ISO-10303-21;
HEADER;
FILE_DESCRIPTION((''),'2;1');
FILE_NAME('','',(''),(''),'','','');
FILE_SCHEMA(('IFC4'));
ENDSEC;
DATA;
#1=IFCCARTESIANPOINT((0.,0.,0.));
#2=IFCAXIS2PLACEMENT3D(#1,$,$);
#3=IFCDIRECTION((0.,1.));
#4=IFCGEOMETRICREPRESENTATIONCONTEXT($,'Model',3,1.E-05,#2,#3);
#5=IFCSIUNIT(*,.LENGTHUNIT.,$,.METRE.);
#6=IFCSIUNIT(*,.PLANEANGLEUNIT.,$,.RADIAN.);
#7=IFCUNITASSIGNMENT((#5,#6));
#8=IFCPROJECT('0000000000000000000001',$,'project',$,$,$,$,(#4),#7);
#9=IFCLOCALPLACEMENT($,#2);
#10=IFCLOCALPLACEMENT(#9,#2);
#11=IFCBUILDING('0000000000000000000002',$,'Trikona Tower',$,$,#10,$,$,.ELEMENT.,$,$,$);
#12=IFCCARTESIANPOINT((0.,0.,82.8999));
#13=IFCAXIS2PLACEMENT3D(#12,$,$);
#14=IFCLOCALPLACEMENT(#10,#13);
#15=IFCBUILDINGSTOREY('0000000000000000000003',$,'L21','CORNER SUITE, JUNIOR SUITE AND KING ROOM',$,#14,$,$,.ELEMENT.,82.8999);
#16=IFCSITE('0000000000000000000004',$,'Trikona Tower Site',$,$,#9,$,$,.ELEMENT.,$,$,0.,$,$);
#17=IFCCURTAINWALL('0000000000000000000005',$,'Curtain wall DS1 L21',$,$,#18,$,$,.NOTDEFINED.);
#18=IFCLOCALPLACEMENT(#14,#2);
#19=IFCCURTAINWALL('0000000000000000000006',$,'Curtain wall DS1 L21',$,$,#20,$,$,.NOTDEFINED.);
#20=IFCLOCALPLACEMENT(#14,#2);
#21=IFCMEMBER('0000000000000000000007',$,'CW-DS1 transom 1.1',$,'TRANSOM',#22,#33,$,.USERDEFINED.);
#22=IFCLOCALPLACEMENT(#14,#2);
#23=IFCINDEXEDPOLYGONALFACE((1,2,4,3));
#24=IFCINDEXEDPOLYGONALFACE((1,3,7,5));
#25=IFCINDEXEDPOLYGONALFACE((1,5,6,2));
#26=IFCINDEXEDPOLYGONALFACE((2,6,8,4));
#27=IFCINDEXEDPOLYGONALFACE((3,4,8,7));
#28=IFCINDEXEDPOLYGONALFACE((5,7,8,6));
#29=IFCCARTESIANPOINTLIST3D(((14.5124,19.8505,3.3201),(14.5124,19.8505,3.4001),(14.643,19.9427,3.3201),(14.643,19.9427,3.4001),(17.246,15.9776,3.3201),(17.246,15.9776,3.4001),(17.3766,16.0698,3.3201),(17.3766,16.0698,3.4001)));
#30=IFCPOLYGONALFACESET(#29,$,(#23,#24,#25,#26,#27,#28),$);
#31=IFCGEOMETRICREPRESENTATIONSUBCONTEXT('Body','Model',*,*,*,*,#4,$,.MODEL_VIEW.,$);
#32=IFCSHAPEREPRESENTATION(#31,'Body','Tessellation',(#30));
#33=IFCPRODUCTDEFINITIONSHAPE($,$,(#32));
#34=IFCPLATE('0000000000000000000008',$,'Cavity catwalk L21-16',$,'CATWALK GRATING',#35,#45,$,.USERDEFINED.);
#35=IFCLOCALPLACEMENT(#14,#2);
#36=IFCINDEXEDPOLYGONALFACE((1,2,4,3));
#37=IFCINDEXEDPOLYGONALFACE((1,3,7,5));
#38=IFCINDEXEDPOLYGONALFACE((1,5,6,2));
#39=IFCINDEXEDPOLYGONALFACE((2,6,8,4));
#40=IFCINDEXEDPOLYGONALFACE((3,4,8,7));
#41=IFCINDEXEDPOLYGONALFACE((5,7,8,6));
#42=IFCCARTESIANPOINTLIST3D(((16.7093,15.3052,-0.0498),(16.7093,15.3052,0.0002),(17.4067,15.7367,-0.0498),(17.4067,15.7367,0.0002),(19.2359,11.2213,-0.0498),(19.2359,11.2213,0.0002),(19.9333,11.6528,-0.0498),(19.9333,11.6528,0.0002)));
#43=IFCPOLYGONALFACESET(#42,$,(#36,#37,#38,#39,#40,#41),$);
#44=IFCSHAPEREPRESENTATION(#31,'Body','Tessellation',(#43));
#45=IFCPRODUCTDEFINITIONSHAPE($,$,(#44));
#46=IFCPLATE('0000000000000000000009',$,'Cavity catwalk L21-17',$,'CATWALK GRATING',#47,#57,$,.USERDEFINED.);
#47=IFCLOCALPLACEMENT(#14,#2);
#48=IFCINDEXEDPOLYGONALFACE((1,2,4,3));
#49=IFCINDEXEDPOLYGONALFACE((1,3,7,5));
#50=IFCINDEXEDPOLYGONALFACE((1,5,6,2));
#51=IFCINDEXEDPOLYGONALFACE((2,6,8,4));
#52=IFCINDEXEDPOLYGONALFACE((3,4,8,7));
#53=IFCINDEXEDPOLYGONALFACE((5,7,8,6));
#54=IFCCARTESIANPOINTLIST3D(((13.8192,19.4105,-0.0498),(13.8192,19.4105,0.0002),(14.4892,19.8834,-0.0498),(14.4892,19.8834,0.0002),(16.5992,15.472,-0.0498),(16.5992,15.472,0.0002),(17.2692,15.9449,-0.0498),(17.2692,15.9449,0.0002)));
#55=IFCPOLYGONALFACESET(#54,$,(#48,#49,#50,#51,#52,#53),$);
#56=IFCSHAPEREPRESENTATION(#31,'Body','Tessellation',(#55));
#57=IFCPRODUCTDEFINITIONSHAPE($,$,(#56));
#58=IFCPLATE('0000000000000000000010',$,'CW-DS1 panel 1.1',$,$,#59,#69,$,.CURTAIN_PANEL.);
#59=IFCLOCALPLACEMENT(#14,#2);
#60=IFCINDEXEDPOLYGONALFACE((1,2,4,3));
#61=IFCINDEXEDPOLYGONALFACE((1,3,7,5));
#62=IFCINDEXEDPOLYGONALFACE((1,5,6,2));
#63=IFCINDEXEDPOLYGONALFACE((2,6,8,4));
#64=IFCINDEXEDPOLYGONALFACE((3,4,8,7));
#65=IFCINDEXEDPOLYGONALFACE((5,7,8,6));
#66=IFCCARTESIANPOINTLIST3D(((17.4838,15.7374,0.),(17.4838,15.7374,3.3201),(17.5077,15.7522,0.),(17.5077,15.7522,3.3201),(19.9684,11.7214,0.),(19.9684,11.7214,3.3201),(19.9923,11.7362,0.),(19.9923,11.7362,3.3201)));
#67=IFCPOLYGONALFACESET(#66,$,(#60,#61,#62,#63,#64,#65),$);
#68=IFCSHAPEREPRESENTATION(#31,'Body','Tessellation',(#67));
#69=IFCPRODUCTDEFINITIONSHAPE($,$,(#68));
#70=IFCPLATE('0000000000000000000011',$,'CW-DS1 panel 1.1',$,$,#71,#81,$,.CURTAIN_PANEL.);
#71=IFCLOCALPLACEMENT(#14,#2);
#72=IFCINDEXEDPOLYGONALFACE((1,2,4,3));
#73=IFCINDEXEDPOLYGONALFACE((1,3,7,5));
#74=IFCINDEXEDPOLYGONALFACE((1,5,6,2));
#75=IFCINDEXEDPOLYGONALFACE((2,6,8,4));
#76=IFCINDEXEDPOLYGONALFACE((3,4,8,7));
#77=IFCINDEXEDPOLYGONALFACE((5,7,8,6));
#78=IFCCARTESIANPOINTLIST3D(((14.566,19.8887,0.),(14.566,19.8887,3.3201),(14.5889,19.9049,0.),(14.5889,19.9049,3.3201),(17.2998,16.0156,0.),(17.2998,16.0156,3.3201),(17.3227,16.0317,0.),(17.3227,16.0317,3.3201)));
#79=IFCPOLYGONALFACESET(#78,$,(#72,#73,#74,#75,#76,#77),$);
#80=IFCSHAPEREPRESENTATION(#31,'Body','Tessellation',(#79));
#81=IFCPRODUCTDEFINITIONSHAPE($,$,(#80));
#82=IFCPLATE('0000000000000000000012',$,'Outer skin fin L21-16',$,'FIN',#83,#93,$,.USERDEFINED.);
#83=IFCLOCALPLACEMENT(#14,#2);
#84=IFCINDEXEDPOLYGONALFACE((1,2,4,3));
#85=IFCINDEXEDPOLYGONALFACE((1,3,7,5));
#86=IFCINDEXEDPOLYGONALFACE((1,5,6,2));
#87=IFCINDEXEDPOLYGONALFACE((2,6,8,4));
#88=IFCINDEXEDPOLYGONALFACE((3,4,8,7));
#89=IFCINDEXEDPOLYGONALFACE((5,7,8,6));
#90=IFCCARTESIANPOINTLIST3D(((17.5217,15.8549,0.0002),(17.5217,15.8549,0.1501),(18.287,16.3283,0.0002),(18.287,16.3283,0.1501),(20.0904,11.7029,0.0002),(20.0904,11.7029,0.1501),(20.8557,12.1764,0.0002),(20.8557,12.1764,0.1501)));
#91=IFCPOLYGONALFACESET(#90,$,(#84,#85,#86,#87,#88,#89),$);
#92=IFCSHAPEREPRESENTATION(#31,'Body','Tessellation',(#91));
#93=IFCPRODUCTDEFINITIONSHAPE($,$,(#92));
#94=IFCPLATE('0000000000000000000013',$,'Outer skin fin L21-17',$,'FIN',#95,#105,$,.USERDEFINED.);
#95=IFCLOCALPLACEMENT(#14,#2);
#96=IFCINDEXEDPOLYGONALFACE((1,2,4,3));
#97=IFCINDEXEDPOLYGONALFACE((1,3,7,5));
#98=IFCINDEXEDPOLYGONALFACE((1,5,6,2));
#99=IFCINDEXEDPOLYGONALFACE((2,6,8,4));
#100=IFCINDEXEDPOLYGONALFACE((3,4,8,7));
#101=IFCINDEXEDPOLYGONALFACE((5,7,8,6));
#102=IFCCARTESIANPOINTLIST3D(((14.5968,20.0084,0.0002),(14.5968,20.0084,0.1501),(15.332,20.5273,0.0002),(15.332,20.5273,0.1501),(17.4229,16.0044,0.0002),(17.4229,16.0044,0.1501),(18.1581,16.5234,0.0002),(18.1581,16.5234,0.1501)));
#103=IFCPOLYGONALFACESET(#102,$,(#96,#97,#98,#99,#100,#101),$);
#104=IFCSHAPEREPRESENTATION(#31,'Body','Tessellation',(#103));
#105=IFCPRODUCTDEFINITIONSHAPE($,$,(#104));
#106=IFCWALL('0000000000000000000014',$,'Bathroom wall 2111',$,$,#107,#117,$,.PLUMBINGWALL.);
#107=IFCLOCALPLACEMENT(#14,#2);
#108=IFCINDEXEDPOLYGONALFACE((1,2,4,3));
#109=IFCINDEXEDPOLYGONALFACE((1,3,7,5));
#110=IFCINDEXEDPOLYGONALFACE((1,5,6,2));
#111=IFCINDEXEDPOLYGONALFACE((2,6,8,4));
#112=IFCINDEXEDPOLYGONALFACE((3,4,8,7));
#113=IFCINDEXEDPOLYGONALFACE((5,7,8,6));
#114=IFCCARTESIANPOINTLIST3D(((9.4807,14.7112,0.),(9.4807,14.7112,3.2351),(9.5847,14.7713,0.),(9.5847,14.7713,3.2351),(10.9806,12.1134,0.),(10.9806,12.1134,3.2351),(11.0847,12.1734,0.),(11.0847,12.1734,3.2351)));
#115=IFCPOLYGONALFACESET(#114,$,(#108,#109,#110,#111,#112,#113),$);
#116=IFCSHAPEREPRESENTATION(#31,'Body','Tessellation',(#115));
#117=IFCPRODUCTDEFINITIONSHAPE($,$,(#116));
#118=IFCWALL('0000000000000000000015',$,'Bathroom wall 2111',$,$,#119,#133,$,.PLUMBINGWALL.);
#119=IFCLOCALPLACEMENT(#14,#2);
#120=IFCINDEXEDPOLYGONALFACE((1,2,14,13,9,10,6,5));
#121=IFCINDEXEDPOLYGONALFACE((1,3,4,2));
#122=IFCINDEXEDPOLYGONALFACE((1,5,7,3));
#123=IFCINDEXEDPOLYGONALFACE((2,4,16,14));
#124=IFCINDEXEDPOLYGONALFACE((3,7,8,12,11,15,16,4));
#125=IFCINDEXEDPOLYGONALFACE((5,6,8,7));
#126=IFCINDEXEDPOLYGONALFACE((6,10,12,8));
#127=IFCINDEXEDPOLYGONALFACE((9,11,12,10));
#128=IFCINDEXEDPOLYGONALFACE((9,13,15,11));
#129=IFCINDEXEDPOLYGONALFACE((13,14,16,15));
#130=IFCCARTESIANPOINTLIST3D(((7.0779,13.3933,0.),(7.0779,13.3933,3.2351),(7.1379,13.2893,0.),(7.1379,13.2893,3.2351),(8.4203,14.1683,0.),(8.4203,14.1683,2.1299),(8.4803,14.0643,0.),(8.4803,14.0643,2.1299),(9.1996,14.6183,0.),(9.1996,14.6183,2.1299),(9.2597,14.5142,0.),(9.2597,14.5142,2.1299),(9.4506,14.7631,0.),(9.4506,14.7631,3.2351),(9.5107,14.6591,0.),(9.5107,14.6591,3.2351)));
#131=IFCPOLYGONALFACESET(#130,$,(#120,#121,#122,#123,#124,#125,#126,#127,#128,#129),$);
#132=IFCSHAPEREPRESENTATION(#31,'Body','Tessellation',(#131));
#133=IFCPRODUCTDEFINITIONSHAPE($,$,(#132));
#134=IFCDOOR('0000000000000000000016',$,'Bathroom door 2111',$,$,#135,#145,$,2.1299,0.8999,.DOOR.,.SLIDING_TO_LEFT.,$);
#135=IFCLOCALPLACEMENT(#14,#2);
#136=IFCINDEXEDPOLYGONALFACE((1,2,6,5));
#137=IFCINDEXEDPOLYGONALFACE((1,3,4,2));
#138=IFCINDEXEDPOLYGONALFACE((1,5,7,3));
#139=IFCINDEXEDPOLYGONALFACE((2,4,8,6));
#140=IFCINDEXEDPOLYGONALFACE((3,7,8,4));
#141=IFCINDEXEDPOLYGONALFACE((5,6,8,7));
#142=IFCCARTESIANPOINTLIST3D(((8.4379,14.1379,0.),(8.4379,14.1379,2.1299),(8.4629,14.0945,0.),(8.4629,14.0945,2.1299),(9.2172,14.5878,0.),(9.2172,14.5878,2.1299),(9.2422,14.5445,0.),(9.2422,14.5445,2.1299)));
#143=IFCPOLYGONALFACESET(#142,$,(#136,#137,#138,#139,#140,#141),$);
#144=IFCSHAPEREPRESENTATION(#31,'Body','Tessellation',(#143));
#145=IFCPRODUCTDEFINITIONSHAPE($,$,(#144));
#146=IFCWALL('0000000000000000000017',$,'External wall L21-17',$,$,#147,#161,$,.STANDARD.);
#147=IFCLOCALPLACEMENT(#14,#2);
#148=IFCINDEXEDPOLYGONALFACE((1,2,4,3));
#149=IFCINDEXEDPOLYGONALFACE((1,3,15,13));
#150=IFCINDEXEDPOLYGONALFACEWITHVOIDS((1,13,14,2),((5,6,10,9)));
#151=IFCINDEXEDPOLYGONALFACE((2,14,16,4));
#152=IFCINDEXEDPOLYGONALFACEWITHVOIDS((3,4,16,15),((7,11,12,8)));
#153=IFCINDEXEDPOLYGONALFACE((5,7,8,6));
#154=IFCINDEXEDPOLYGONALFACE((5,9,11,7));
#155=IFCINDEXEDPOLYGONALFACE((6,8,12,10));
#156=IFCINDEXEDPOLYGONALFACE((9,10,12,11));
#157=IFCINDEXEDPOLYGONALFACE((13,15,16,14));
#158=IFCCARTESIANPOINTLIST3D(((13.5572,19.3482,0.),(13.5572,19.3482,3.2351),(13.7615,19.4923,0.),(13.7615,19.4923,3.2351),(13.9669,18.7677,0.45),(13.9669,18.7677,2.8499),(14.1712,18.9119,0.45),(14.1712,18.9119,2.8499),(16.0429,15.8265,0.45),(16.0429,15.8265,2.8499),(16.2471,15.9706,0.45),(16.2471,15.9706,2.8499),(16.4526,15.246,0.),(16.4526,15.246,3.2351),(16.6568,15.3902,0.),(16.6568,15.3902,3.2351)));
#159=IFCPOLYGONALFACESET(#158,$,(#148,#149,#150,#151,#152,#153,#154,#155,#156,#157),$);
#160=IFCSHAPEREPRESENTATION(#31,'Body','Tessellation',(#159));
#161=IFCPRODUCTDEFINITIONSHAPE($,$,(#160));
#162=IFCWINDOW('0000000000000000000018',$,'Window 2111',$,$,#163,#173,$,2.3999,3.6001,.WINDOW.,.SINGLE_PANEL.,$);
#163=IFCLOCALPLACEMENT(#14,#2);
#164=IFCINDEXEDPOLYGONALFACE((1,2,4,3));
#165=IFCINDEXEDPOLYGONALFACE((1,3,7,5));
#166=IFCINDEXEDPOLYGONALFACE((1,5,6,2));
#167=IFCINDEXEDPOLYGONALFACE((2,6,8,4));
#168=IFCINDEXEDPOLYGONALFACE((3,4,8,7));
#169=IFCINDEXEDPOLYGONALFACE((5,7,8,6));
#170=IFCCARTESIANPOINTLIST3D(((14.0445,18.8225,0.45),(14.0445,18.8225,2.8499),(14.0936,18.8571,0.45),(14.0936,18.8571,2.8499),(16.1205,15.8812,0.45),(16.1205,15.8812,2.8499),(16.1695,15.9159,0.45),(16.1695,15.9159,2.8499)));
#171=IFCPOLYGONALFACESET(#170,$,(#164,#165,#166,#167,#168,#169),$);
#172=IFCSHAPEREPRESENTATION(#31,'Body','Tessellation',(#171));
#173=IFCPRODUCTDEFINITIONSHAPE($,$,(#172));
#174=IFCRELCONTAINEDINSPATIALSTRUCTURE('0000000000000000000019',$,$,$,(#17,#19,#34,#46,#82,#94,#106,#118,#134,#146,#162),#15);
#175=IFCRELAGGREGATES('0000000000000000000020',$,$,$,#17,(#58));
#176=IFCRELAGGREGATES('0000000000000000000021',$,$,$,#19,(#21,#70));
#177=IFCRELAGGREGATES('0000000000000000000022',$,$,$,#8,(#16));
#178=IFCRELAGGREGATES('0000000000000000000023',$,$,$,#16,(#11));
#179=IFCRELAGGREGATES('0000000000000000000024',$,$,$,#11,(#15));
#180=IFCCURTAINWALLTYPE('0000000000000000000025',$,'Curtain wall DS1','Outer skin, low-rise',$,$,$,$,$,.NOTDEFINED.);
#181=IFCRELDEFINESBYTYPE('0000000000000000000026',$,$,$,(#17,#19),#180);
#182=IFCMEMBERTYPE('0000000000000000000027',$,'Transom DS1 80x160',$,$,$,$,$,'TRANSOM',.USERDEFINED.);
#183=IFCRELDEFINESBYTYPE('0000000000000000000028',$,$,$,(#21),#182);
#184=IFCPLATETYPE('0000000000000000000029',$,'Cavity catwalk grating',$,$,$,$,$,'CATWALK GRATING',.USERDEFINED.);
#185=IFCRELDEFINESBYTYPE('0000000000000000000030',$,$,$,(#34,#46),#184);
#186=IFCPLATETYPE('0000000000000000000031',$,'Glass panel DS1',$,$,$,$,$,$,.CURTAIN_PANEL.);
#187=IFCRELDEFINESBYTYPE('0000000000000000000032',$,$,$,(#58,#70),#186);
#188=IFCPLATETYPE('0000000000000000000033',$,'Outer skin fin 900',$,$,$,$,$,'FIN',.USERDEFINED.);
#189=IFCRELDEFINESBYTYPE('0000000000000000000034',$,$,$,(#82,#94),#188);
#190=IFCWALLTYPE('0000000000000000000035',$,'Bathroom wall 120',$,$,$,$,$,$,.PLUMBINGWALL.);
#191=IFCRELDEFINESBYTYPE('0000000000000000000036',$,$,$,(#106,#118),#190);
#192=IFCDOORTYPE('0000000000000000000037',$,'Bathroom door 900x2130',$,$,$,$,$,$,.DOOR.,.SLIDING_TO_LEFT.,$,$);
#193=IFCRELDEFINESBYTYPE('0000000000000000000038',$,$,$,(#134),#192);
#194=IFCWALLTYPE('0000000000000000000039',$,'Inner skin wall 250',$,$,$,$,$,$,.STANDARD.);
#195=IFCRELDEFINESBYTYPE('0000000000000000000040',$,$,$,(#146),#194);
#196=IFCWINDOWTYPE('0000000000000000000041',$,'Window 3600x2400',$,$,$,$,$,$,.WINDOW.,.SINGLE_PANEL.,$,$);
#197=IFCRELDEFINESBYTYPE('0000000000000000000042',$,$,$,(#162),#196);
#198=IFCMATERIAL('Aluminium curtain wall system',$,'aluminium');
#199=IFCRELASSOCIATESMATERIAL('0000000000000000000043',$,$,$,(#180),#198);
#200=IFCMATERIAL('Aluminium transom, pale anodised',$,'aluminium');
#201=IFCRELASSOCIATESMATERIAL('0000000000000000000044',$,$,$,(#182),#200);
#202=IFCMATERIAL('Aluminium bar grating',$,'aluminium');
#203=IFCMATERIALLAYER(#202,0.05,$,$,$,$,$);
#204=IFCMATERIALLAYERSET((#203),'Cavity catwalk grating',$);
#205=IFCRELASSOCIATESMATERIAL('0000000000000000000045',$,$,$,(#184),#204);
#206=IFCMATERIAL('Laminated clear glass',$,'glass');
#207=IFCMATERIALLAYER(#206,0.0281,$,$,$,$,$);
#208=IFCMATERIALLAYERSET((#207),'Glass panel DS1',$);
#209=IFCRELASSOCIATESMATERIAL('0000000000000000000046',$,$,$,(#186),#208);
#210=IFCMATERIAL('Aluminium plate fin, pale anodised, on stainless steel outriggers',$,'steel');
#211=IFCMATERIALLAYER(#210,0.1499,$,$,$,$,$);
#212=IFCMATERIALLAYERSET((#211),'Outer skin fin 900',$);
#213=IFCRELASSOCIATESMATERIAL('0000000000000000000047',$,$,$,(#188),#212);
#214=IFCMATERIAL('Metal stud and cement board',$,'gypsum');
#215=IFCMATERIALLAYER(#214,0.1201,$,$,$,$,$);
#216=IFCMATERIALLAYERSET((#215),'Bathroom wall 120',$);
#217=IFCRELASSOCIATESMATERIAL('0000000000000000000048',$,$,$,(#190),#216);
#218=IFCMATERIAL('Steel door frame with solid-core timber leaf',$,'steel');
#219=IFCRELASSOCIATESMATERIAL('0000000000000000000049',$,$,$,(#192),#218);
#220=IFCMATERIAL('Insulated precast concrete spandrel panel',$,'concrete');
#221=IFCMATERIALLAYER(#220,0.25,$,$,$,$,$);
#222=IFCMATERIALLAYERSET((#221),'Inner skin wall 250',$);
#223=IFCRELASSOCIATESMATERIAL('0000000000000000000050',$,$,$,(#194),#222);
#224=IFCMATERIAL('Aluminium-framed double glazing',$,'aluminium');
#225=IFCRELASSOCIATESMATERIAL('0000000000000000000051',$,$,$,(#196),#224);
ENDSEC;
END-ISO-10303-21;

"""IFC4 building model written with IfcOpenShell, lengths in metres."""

from ifc_helpers import new_model, si_unit, direction, frame, frame_2d, origin, origin_2d, place, context, subcontext, project, spatial, rectangle, extrude, material, layer, layer_set, material_profile, profile_set, type_object, element, fill, aggregate, save


model = new_model("IFC4")

# Units and contexts
model_context = context("Model", 3, precision=1e-05, world=origin(), true_north=direction((0.0, 1.0)))
body_context = subcontext(model_context, "Body", "Model", "MODEL_VIEW")
ifc_project = project(units=[si_unit("LENGTHUNIT", "METRE"), si_unit("PLANEANGLEUNIT", "RADIAN")], contexts=[model_context])

# Site, building, storey
site_placement = place(None, origin())
site = spatial("IfcSite", under=ifc_project, at=site_placement, Name="Trikona Tower Site", CompositionType="ELEMENT", RefElevation=0.0)
building_placement = place(site_placement, origin())
building = spatial("IfcBuilding", under=site, at=building_placement, Name="Trikona Tower", CompositionType="ELEMENT")
storey_placement = place(building_placement, frame((0.0, 0.0, 82.8999)))
storey = spatial("IfcBuildingStorey", under=building, at=storey_placement, Name="L21", Description="CORNER SUITE, JUNIOR SUITE AND KING ROOM", CompositionType="ELEMENT", Elevation=82.8999)

# Shared definitions
ifc_material_1 = material(Name="Aluminium curtain wall system", Category="aluminium")
curtain_wall_type = type_object("IfcCurtainWallType", Name="Curtain wall DS1", Description="Outer skin, low-rise", PredefinedType="NOTDEFINED", material=ifc_material_1)

# Curtain walls
curtain_wall_1_placement = place(storey_placement, origin())
curtain_wall_1 = element("IfcCurtainWall", 1, at=curtain_wall_1_placement, inside=storey, type_object=curtain_wall_type, Name="Curtain wall DS1 L21", PredefinedType="NOTDEFINED")
curtain_wall_2_placement = place(storey_placement, origin())
curtain_wall_2 = element("IfcCurtainWall", 2, at=curtain_wall_2_placement, inside=storey, type_object=curtain_wall_type, Name="Curtain wall DS1 L21", PredefinedType="NOTDEFINED")

# Member
ifc_material_2 = material(Name="Aluminium transom, pale anodised", Category="aluminium")
ifc_material_profile_1 = material_profile(ifc_material_2, rectangle(XDim=0.1599, YDim=0.0801, at=origin_2d()), Name="TRN-DS1")
ifc_profile_set_1 = profile_set([ifc_material_profile_1], Name="Aluminium transom, pale anodised")
member_type_1 = type_object("IfcMemberType", Name="Transom DS1 80x160", ElementType="TRANSOM", PredefinedType="USERDEFINED", material=ifc_profile_set_1)
member_1_placement = place(storey_placement, frame((17.3113, 16.0237, 3.3601), z_axis=(-0.576645, 0.816995, 0.0), x_axis=(-0.816995, -0.576645, 0.0)))
member_1 = element("IfcMember", 3, at=member_1_placement, type_object=member_type_1, Name="CW-DS1 transom 1.1", ObjectType="TRANSOM", PredefinedType="USERDEFINED", context=body_context, shape_type="SweptSolid", body=[
    extrude(rectangle(XDim=0.1599, YDim=0.0801, at=origin_2d()), origin(), (0.0, 0.0, 1.0), 4.7405),
])

# Plates
ifc_material_3 = material(Name="Aluminium bar grating", Category="aluminium")
ifc_layer_1 = layer(ifc_material_3, 0.05)
ifc_layer_set_1 = layer_set([ifc_layer_1], Name="Cavity catwalk grating")
plate_type_1 = type_object("IfcPlateType", Name="Cavity catwalk grating", ElementType="CATWALK GRATING", PredefinedType="USERDEFINED", material=ifc_layer_set_1)
plate_1_placement = place(storey_placement, frame((18.3213, 13.479, -0.0498), z_axis=(0.0, 0.0, 1.0), x_axis=(-0.526119, 0.850411, 0.0)))
element("IfcPlate", 4, at=plate_1_placement, inside=storey, type_object=plate_type_1, Name="Cavity catwalk L21-16", ObjectType="CATWALK GRATING", PredefinedType="USERDEFINED", context=body_context, shape_type="SweptSolid", body=[
    extrude(rectangle(XDim=4.8022, YDim=0.8201, at=origin_2d()), origin(), (0.0, 0.0, 1.0), 0.05),
])
plate_2_placement = place(storey_placement, frame((15.5442, 17.6777, -0.0498), z_axis=(0.0, 0.0, 1.0), x_axis=(-0.576662, 0.816983, 0.0)))
element("IfcPlate", 5, at=plate_2_placement, inside=storey, type_object=plate_type_1, Name="Cavity catwalk L21-17", ObjectType="CATWALK GRATING", PredefinedType="USERDEFINED", context=body_context, shape_type="SweptSolid", body=[
    extrude(rectangle(XDim=4.8208, YDim=0.8201, at=origin_2d()), origin(), (0.0, 0.0, 1.0), 0.05),
])

# Plates
ifc_material_4 = material(Name="Laminated clear glass", Category="glass")
ifc_layer_2 = layer(ifc_material_4, 0.0281)
ifc_layer_set_2 = layer_set([ifc_layer_2], Name="Glass panel DS1")
plate_type_2 = type_object("IfcPlateType", Name="Glass panel DS1", PredefinedType="CURTAIN_PANEL", material=ifc_layer_set_2)
plate_3_placement = place(storey_placement, frame((18.738, 13.7368, 0.0), z_axis=(0.0, 0.0, 1.0), x_axis=(-0.52612, 0.85041, 0.0)))
plate_3 = element("IfcPlate", 6, at=plate_3_placement, type_object=plate_type_2, Name="CW-DS1 panel 1.1", PredefinedType="CURTAIN_PANEL", context=body_context, shape_type="SweptSolid", body=[
    extrude(rectangle(XDim=4.7224, YDim=0.0281, at=origin_2d()), origin(), (0.0, 0.0, 1.0), 3.3201),
])
aggregate(curtain_wall_1, [plate_3])
plate_4_placement = place(storey_placement, frame((15.9443, 17.9602, 0.0), z_axis=(0.0, 0.0, 1.0), x_axis=(-0.576658, 0.816985, 0.0)))
plate_4 = element("IfcPlate", 7, at=plate_4_placement, type_object=plate_type_2, Name="CW-DS1 panel 1.1", PredefinedType="CURTAIN_PANEL", context=body_context, shape_type="SweptSolid", body=[
    extrude(rectangle(XDim=4.7407, YDim=0.0281, at=origin_2d()), origin(), (0.0, 0.0, 1.0), 3.3201),
])
aggregate(curtain_wall_2, [member_1, plate_4])

# Plates
ifc_material_5 = material(Name="Aluminium plate fin, pale anodised, on stainless steel outriggers", Category="steel")
ifc_layer_3 = layer(ifc_material_5, 0.1499)
ifc_layer_set_3 = layer_set([ifc_layer_3], Name="Outer skin fin 900")
plate_type_3 = type_object("IfcPlateType", Name="Outer skin fin 900", ElementType="FIN", PredefinedType="USERDEFINED", material=ifc_layer_set_3)
plate_5_placement = place(storey_placement, frame((19.1887, 14.0156, 0.0002), z_axis=(0.0, 0.0, 1.0), x_axis=(-0.526119, 0.850411, 0.0)))
element("IfcPlate", 8, at=plate_5_placement, inside=storey, type_object=plate_type_3, Name="Outer skin fin L21-16", ObjectType="FIN", PredefinedType="USERDEFINED", context=body_context, shape_type="SweptSolid", body=[
    extrude(rectangle(XDim=4.8823, YDim=0.8999, at=origin_2d()), origin(), (0.0, 0.0, 1.0), 0.1499),
])
plate_6_placement = place(storey_placement, frame((16.3774, 18.2659, 0.0002), z_axis=(0.0, 0.0, 1.0), x_axis=(-0.576662, 0.816983, 0.0)))
element("IfcPlate", 9, at=plate_6_placement, inside=storey, type_object=plate_type_3, Name="Outer skin fin L21-17", ObjectType="FIN", PredefinedType="USERDEFINED", context=body_context, shape_type="SweptSolid", body=[
    extrude(rectangle(XDim=4.9009, YDim=0.8999, at=origin_2d()), origin(), (0.0, 0.0, 1.0), 0.1499),
])

# Wall
ifc_material_6 = material(Name="Metal stud and cement board", Category="gypsum")
ifc_layer_4 = layer(ifc_material_6, 0.1201)
ifc_layer_set_4 = layer_set([ifc_layer_4], Name="Bathroom wall 120")
wall_type_1 = type_object("IfcWallType", Name="Bathroom wall 120", PredefinedType="PLUMBINGWALL", material=ifc_layer_set_4)
wall_1_placement = place(storey_placement, frame((11.0327, 12.1433, 0.0), z_axis=(0.0, 0.0, 1.0), x_axis=(-0.500025, 0.866011, 0.0)))
element("IfcWall", 10, at=wall_1_placement, inside=storey, type_object=wall_type_1, Name="Bathroom wall 2111", PredefinedType="PLUMBINGWALL", context=body_context, shape_type="SweptSolid", body=[
    extrude(rectangle(XDim=2.9998, YDim=0.1201, at=frame_2d((1.5, 0.0))), origin(), (0.0, 0.0, 1.0), 3.2351),
])

# Wall, opening, door
wall_2_placement = place(storey_placement, frame((7.1079, 13.3413, 0.0), z_axis=(0.0, 0.0, 1.0), x_axis=(0.866036, 0.499982, 0.0)))
wall_2 = element("IfcWall", 11, at=wall_2_placement, inside=storey, type_object=wall_type_1, Name="Bathroom wall 2111", PredefinedType="PLUMBINGWALL", context=body_context, shape_type="SweptSolid", body=[
    extrude(rectangle(XDim=2.7397, YDim=0.1201, at=frame_2d((1.3699, 0.0))), origin(), (0.0, 0.0, 1.0), 3.2351),
])
opening_1_placement = place(wall_2_placement, frame((1.55, 0.0, 0.0)))
opening_1 = element("IfcOpeningElement", 12, at=opening_1_placement, cuts=wall_2, PredefinedType="OPENING", context=body_context, shape_type="SweptSolid", body=[
    extrude(rectangle(XDim=0.8999, YDim=2.1299, at=frame_2d((0.45, 1.0649))), frame((0.0, 0.0701, 0.0), z_axis=(0.0, -1.0, 0.0), x_axis=(1.0, 0.0, 0.0)), (0.0, 0.0, 1.0), 0.1401),
])
ifc_material_7 = material(Name="Steel door frame with solid-core timber leaf", Category="steel")
door_type = type_object("IfcDoorType", Name="Bathroom door 900x2130", OperationType="SLIDING_TO_LEFT", PredefinedType="DOOR", material=ifc_material_7)
door_placement = place(opening_1_placement, origin())
door = element("IfcDoor", 13, at=door_placement, inside=storey, type_object=door_type, Name="Bathroom door 2111", OperationType="SLIDING_TO_LEFT", OverallHeight=2.1299, OverallWidth=0.8999, PredefinedType="DOOR", context=body_context, shape_type="SweptSolid", body=[
    extrude(rectangle(XDim=0.8999, YDim=2.1299, at=frame_2d((0.45, 1.0649))), frame((0.0, 0.0249, 0.0), z_axis=(0.0, -1.0, 0.0), x_axis=(1.0, 0.0, 0.0)), (0.0, 0.0, 1.0), 0.05),
])
fill(opening_1, door)

# Wall, opening, window
ifc_material_8 = material(Name="Insulated precast concrete spandrel panel", Category="concrete")
ifc_layer_5 = layer(ifc_material_8, 0.25)
ifc_layer_set_5 = layer_set([ifc_layer_5], Name="Inner skin wall 250")
wall_type_2 = type_object("IfcWallType", Name="Inner skin wall 250", PredefinedType="STANDARD", material=ifc_layer_set_5)
wall_3_placement = place(storey_placement, frame((16.5547, 15.3181, 0.0), z_axis=(0.0, 0.0, 1.0), x_axis=(-0.576643, 0.816996, 0.0)))
wall_3 = element("IfcWall", 14, at=wall_3_placement, inside=storey, type_object=wall_type_2, Name="External wall L21-17", PredefinedType="STANDARD", context=body_context, shape_type="SweptSolid", body=[
    extrude(rectangle(XDim=5.021, YDim=0.25, at=frame_2d((2.5105, 0.0))), origin(), (0.0, 0.0, 1.0), 3.2351),
])
opening_2_placement = place(wall_3_placement, frame((0.7104, 0.0, 0.45)))
opening_2 = element("IfcOpeningElement", 15, at=opening_2_placement, cuts=wall_3, PredefinedType="OPENING", context=body_context, shape_type="SweptSolid", body=[
    extrude(rectangle(XDim=3.6001, YDim=2.3999, at=frame_2d((1.8, 1.2))), frame((0.0, 0.135, 0.0), z_axis=(0.0, -1.0, 0.0), x_axis=(1.0, 0.0, 0.0)), (0.0, 0.0, 1.0), 0.27),
])
ifc_material_9 = material(Name="Aluminium-framed double glazing", Category="aluminium")
window_type = type_object("IfcWindowType", Name="Window 3600x2400", PartitioningType="SINGLE_PANEL", PredefinedType="WINDOW", material=ifc_material_9)
window_1_placement = place(opening_2_placement, origin())
window_1 = element("IfcWindow", 16, at=window_1_placement, inside=storey, type_object=window_type, Name="Window 2111", OverallHeight=2.3999, OverallWidth=3.6001, PartitioningType="SINGLE_PANEL", PredefinedType="WINDOW", context=body_context, shape_type="SweptSolid", body=[
    extrude(rectangle(XDim=3.6001, YDim=2.3999, at=frame_2d((1.8, 1.2))), frame((0.0, 0.03, 0.0), z_axis=(0.0, -1.0, 0.0), x_axis=(1.0, 0.0, 0.0)), (0.0, 0.0, 1.0), 0.0601),
])
fill(opening_2, window_1)

save(model, "model.ifc")
